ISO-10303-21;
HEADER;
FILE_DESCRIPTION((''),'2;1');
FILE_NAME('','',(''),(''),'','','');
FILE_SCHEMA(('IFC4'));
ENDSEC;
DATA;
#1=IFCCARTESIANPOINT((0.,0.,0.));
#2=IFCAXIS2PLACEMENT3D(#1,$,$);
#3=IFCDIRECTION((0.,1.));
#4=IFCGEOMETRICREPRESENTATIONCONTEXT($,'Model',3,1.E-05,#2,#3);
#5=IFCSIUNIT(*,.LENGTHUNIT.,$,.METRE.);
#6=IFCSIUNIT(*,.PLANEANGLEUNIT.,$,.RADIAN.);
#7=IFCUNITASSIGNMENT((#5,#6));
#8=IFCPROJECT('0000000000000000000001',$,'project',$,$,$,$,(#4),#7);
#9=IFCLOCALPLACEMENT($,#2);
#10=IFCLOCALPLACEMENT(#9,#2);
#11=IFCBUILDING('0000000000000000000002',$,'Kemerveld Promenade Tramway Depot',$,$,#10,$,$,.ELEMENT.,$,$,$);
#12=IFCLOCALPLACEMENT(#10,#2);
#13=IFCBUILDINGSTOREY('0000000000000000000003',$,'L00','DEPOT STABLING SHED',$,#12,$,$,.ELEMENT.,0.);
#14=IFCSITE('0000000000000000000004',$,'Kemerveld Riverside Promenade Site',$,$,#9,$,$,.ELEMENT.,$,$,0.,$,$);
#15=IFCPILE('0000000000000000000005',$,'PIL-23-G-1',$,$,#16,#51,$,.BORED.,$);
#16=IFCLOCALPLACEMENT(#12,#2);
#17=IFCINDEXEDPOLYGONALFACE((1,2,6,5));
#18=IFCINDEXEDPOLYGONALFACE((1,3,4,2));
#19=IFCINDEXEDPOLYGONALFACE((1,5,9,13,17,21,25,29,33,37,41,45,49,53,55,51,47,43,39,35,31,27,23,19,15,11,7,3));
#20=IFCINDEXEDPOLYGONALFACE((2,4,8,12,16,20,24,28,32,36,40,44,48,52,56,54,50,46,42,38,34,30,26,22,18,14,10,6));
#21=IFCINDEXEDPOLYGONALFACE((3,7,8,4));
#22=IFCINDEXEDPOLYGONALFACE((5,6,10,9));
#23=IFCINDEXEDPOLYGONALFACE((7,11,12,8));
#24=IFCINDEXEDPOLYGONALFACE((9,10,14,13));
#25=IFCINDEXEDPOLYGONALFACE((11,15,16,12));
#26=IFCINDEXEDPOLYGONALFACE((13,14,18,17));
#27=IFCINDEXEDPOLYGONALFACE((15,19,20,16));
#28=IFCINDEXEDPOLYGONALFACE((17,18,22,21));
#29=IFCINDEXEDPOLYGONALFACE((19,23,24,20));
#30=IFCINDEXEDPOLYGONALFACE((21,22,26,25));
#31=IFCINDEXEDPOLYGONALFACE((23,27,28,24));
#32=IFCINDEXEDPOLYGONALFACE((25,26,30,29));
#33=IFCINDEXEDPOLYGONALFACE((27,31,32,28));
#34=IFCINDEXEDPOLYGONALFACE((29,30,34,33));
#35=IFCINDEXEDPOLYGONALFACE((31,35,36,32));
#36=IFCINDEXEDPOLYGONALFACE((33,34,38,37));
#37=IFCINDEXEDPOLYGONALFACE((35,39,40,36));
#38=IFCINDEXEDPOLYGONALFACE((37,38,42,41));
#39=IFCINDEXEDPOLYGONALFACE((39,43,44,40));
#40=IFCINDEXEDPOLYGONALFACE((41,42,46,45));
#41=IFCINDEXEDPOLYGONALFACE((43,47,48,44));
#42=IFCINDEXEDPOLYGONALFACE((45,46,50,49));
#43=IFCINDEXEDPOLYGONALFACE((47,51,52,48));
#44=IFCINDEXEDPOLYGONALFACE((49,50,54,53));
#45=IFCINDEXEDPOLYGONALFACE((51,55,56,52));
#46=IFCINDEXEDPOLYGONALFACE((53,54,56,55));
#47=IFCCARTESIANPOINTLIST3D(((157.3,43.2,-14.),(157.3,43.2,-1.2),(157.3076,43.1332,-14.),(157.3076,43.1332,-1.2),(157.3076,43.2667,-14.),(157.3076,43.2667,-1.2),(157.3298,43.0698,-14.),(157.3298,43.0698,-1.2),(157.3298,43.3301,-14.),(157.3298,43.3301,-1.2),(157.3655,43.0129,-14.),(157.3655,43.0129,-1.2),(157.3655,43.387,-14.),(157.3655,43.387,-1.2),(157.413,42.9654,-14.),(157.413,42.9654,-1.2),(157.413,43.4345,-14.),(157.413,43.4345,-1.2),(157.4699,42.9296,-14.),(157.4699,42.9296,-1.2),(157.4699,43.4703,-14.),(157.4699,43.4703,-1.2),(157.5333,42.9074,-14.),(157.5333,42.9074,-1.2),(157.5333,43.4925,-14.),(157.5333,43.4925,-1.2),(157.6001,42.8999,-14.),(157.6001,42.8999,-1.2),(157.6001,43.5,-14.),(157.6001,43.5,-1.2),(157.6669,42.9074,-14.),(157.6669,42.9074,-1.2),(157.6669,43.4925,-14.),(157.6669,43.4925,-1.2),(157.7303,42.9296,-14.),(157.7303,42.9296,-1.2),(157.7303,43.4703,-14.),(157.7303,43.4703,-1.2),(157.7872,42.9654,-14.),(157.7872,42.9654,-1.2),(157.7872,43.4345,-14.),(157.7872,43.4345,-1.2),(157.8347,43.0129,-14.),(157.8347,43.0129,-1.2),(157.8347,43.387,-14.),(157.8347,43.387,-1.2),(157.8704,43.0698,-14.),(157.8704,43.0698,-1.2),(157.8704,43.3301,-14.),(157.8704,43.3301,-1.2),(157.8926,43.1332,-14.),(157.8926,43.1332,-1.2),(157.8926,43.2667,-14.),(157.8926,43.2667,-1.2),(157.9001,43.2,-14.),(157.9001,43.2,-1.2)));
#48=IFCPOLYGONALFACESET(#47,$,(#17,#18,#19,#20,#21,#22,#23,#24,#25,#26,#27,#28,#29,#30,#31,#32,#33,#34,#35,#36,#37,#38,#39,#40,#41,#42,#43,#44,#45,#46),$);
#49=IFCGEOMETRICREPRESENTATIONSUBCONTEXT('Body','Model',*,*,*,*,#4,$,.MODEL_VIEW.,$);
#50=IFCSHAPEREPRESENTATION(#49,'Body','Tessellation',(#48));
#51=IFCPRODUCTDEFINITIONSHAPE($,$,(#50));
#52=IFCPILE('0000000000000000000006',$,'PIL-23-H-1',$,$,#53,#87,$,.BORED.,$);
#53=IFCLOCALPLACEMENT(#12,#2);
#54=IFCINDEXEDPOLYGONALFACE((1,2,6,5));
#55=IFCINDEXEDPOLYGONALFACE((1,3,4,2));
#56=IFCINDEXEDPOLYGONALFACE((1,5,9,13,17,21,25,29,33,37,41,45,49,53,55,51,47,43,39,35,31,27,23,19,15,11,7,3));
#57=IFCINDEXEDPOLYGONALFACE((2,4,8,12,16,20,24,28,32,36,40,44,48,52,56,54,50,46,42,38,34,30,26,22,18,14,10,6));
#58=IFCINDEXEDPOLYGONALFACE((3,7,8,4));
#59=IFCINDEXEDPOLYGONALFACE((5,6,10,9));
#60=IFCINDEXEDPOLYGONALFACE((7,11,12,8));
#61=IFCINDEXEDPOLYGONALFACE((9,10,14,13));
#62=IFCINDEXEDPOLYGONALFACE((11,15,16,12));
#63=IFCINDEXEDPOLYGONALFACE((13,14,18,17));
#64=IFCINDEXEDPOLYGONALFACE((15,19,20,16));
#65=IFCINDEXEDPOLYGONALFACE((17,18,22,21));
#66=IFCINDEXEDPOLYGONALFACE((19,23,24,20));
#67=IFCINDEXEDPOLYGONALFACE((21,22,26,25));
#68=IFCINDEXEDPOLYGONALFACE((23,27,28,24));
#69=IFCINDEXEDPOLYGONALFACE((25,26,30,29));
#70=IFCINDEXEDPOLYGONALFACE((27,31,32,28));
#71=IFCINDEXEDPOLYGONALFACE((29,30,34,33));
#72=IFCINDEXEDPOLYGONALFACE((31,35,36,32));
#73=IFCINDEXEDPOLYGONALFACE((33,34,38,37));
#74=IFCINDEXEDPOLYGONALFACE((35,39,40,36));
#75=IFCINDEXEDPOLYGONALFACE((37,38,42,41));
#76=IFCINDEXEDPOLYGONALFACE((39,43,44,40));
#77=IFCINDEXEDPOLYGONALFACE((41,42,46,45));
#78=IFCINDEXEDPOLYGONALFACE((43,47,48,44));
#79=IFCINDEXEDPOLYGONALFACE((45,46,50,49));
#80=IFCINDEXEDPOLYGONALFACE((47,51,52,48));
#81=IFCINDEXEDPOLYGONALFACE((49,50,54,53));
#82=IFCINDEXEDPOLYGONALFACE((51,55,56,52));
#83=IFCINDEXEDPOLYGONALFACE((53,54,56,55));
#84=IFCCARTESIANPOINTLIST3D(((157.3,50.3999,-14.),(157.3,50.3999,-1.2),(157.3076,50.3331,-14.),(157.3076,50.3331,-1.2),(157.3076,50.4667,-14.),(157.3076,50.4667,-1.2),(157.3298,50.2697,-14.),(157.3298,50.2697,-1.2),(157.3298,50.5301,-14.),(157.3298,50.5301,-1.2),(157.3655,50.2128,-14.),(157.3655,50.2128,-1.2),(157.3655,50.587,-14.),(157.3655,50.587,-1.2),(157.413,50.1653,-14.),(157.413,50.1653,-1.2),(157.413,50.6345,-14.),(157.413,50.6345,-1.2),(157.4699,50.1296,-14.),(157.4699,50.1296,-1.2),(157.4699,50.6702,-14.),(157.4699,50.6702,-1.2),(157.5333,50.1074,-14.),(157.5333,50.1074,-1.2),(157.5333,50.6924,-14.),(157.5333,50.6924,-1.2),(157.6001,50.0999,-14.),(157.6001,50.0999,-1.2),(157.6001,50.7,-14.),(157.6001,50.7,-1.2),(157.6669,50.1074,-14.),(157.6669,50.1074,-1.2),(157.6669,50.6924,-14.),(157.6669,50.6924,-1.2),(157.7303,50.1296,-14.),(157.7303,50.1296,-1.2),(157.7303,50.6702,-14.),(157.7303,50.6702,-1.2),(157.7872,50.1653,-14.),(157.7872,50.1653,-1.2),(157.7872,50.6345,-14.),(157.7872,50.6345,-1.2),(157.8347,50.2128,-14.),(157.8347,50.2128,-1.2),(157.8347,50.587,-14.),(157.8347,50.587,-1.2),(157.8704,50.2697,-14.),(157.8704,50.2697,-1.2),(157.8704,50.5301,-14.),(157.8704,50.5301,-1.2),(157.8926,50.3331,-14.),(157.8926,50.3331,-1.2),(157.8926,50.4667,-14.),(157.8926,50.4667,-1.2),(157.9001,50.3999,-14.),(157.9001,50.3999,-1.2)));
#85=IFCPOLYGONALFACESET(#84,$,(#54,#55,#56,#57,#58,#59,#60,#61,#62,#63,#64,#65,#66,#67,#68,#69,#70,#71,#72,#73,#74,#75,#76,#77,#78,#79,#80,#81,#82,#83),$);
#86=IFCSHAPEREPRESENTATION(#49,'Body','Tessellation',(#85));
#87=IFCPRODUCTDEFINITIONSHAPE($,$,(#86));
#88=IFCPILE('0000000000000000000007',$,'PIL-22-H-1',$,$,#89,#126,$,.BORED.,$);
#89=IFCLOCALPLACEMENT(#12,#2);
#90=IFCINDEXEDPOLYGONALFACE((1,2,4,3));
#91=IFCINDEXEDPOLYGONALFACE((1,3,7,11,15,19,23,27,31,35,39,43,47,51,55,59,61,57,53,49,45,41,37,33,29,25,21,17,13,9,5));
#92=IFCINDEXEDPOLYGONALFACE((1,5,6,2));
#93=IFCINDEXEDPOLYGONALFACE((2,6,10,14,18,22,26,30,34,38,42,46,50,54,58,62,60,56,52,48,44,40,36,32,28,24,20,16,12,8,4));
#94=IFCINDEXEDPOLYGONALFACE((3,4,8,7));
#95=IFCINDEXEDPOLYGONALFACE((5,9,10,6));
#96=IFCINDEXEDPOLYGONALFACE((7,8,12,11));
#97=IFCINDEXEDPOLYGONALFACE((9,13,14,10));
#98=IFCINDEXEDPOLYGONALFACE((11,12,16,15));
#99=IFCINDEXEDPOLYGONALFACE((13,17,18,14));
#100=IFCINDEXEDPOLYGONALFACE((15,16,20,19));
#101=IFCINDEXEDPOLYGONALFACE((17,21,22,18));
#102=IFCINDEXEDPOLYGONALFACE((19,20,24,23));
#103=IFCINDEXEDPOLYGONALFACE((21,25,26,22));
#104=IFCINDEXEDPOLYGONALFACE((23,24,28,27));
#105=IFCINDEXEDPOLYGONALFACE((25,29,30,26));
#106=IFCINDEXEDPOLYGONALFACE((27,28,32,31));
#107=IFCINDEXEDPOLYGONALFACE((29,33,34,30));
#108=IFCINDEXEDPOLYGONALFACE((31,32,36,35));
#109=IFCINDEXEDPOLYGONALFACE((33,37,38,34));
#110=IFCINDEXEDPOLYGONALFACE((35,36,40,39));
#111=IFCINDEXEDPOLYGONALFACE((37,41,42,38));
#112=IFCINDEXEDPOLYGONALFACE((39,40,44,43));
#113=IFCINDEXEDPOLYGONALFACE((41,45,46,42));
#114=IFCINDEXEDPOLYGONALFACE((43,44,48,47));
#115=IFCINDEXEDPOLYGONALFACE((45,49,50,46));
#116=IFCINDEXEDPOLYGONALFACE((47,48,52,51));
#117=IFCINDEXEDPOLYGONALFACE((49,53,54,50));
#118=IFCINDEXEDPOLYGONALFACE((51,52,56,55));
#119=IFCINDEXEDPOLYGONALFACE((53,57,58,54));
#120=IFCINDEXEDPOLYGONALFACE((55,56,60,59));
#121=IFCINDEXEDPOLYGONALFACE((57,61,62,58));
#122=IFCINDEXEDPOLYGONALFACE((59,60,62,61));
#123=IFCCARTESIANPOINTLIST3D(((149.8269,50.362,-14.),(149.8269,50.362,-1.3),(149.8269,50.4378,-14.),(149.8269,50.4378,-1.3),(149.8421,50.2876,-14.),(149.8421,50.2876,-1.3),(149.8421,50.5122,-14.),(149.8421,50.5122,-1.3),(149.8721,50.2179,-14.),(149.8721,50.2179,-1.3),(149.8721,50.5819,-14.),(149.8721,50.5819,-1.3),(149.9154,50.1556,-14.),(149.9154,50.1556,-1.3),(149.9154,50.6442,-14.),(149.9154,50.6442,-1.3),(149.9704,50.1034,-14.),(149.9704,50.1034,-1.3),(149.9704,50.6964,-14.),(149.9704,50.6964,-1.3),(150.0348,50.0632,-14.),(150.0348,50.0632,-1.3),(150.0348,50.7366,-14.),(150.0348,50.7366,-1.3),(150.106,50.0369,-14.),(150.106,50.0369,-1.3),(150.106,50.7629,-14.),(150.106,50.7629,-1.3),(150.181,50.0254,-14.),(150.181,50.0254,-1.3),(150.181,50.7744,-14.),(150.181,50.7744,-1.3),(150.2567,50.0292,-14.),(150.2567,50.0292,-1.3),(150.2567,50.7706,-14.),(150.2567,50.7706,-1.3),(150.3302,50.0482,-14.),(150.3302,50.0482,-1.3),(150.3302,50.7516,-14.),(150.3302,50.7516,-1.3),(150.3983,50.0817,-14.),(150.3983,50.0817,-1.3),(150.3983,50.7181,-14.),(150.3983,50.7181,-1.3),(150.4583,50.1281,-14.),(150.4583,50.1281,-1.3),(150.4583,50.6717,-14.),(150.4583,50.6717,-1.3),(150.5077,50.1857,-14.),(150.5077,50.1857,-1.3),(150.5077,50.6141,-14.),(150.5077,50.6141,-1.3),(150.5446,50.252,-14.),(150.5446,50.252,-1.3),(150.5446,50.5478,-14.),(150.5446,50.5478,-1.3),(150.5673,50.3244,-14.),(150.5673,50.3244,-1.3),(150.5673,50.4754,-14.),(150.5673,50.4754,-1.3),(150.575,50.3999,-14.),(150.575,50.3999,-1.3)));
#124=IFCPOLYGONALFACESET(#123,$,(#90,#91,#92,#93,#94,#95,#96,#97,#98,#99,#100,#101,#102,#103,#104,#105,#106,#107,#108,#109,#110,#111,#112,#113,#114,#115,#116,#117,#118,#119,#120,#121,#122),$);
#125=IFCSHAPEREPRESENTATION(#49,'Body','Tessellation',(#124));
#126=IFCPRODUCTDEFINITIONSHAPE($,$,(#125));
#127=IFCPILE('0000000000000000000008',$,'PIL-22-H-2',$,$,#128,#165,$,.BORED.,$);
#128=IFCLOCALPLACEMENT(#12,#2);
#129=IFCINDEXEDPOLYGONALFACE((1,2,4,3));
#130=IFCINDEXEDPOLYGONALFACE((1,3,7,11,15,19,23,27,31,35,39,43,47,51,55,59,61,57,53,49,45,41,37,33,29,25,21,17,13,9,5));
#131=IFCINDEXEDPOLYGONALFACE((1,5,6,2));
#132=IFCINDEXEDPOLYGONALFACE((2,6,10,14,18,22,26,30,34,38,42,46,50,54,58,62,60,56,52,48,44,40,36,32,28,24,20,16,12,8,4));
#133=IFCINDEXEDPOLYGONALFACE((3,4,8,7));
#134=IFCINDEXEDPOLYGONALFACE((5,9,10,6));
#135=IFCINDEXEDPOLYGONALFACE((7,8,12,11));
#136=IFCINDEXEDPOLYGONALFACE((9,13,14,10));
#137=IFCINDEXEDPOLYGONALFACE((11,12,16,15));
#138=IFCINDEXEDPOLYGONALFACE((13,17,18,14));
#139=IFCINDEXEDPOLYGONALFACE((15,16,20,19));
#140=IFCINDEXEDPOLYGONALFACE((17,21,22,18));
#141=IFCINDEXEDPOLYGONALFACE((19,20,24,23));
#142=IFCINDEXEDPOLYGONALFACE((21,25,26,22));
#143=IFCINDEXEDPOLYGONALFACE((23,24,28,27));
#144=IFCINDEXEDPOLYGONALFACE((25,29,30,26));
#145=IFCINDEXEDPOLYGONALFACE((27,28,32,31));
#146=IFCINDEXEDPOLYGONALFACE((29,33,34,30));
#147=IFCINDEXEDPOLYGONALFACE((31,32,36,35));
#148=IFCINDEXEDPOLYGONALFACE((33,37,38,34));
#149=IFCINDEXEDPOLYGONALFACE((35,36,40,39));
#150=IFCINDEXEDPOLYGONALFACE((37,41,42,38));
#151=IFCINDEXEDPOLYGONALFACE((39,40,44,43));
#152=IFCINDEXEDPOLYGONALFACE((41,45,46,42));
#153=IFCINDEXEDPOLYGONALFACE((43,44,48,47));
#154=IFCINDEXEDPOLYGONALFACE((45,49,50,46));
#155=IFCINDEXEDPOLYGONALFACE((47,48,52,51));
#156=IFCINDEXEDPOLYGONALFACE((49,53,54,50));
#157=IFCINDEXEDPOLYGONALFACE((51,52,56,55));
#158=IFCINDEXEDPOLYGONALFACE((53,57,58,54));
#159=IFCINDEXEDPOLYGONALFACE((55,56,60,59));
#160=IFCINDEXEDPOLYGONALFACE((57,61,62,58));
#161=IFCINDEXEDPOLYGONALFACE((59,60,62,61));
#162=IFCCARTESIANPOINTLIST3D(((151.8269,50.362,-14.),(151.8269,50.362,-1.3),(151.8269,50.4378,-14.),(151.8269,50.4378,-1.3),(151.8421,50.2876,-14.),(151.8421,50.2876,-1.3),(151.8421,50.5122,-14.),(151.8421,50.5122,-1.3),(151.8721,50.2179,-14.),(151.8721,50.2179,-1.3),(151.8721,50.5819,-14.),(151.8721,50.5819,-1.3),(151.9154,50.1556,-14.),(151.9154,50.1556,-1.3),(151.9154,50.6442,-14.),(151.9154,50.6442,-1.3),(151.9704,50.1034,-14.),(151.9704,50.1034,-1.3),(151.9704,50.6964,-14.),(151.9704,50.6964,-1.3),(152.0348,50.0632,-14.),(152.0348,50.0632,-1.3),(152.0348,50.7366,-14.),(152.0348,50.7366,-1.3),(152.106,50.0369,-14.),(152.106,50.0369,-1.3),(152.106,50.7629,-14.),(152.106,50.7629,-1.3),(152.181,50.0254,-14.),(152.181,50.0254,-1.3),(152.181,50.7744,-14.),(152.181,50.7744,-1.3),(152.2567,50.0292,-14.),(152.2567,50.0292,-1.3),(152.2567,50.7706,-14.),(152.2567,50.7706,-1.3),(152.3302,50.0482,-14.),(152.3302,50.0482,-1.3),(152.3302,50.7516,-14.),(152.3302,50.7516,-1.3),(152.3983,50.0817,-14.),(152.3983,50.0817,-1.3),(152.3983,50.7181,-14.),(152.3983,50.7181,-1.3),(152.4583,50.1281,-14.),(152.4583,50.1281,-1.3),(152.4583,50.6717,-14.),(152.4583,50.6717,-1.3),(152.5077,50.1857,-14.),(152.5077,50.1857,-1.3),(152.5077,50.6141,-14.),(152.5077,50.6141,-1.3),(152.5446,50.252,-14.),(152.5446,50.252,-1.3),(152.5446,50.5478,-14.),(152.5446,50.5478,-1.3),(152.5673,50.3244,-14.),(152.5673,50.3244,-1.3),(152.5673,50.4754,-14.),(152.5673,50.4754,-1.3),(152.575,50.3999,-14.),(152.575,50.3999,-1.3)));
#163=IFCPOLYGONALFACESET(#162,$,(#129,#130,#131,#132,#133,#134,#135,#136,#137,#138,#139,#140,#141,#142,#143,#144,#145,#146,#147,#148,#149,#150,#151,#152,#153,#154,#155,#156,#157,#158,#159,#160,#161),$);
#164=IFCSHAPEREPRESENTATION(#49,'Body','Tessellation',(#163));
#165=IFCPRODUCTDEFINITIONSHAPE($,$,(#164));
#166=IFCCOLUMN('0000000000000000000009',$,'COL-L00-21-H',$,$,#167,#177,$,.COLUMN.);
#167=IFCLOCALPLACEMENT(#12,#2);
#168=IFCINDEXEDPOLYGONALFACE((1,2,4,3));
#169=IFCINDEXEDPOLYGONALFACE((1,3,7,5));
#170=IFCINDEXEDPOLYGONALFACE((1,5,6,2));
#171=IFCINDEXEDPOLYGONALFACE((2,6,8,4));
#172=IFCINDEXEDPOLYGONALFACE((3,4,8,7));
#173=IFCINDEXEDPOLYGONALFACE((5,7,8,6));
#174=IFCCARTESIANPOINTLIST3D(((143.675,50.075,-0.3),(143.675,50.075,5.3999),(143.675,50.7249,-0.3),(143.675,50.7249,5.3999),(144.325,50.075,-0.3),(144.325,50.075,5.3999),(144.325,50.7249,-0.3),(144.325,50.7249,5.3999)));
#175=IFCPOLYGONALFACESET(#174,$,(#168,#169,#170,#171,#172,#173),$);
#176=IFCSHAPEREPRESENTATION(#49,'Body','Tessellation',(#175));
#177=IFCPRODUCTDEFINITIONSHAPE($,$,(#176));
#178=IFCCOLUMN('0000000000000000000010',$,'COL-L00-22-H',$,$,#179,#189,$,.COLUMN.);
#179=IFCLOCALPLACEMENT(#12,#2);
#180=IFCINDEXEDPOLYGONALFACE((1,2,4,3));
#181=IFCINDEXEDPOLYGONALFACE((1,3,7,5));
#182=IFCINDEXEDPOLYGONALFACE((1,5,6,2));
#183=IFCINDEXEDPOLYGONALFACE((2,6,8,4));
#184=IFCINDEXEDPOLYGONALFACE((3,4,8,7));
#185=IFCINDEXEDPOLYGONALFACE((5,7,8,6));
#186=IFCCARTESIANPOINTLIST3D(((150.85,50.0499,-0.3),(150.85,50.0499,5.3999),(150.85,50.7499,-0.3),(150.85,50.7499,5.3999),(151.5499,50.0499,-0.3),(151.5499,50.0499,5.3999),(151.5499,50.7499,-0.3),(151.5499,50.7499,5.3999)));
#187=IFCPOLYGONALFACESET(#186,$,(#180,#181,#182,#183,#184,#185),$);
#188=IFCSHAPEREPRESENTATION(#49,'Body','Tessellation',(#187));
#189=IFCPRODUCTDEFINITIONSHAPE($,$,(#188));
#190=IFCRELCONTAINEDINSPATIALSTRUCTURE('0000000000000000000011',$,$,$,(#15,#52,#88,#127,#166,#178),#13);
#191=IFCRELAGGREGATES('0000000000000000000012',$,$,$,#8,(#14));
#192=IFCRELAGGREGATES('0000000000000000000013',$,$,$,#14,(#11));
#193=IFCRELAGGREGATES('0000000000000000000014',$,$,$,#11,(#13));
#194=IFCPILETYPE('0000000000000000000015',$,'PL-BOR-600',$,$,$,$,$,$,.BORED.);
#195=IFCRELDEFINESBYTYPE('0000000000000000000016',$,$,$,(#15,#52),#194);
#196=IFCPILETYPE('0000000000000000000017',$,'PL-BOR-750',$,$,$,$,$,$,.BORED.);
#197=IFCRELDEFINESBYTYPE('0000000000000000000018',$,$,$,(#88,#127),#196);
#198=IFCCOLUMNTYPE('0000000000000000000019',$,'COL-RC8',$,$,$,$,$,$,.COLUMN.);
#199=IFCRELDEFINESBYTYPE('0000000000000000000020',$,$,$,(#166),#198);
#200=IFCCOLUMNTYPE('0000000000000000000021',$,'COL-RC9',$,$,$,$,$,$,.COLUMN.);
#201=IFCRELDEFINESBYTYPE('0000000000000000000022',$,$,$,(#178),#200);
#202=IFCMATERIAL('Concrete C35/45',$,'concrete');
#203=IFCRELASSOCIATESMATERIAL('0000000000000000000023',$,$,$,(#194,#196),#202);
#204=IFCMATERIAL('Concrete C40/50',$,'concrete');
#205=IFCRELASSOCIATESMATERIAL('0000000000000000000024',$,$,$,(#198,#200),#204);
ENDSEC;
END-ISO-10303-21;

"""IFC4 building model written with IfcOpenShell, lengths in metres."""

from ifc_helpers import new_model, si_unit, direction, frame, origin, origin_2d, place, context, subcontext, project, spatial, rectangle, circle, extrude, material, material_profile, profile_set, type_object, element, save


model = new_model("IFC4")

# Units and contexts
model_context = context("Model", 3, precision=1e-05, world=origin(), true_north=direction((0.0, 1.0)))
body_context = subcontext(model_context, "Body", "Model", "MODEL_VIEW")
ifc_project = project(units=[si_unit("LENGTHUNIT", "METRE"), si_unit("PLANEANGLEUNIT", "RADIAN")], contexts=[model_context])

# Site, building, storey
site_placement = place(None, origin())
site = spatial("IfcSite", under=ifc_project, at=site_placement, Name="Kemerveld Riverside Promenade Site", CompositionType="ELEMENT", RefElevation=0.0)
building_placement = place(site_placement, origin())
building = spatial("IfcBuilding", under=site, at=building_placement, Name="Kemerveld Promenade Tramway Depot", CompositionType="ELEMENT")
storey_placement = place(building_placement, origin())
storey = spatial("IfcBuildingStorey", under=building, at=storey_placement, Name="L00", Description="DEPOT STABLING SHED", CompositionType="ELEMENT", Elevation=0.0)

# Shared definitions
ifc_material_1 = material(Name="Concrete C35/45", Category="concrete")

# Piles
ifc_material_profile_1 = material_profile(ifc_material_1, circle(Radius=0.3, at=origin_2d()), Name="PILE-D600")
ifc_profile_set_1 = profile_set([ifc_material_profile_1], Name="Concrete C35/45")
pile_type_1 = type_object("IfcPileType", Name="PL-BOR-600", PredefinedType="BORED", material=ifc_profile_set_1)
for number, where, z_axis, x_axis, name in (
    (1, (157.6001, 43.2, -1.2), (0.0, 0.0, -1.0), (1.0, 0.0, 0.0), "PIL-23-G-1"),
    (2, (157.6001, 50.3999, -1.2), (0.0, 0.0, -1.0), (1.0, 0.0, 0.0), "PIL-23-H-1"),
):
    element("IfcPile", number, at=place(storey_placement, frame(where, z_axis=z_axis, x_axis=x_axis)), inside=storey, type_object=pile_type_1, Name=name, PredefinedType="BORED", context=body_context, shape_type="SweptSolid", body=[
        extrude(circle(Radius=0.3, at=origin_2d()), origin(), (0.0, 0.0, 1.0), 12.8),
    ])
ifc_material_profile_2 = material_profile(ifc_material_1, circle(Radius=0.375, at=origin_2d()), Name="PILE-D750")
ifc_profile_set_2 = profile_set([ifc_material_profile_2], Name="Concrete C35/45")
pile_type_2 = type_object("IfcPileType", Name="PL-BOR-750", PredefinedType="BORED", material=ifc_profile_set_2)
for number, where, z_axis, x_axis, name in (
    (3, (150.2, 50.3999, -1.3), (0.0, 0.0, -1.0), (1.0, 0.0, 0.0), "PIL-22-H-1"),
    (4, (152.2, 50.3999, -1.3), (0.0, 0.0, -1.0), (1.0, 0.0, 0.0), "PIL-22-H-2"),
):
    element("IfcPile", number, at=place(storey_placement, frame(where, z_axis=z_axis, x_axis=x_axis)), inside=storey, type_object=pile_type_2, Name=name, PredefinedType="BORED", context=body_context, shape_type="SweptSolid", body=[
        extrude(circle(Radius=0.375, at=origin_2d()), origin(), (0.0, 0.0, 1.0), 12.7),
    ])

# Columns
ifc_material_2 = material(Name="Concrete C40/50", Category="concrete")
ifc_material_profile_3 = material_profile(ifc_material_2, rectangle(XDim=0.6499, YDim=0.6499, at=origin_2d()), Name="RC-COL-650x650")
ifc_profile_set_3 = profile_set([ifc_material_profile_3], Name="Concrete C40/50")
column_type_1 = type_object("IfcColumnType", Name="COL-RC8", PredefinedType="COLUMN", material=ifc_profile_set_3)
column_1_placement = place(storey_placement, frame((144.0, 50.3999, -0.3), z_axis=(0.0, 0.0, 1.0), x_axis=(1.0, 0.0, 0.0)))
element("IfcColumn", 5, at=column_1_placement, inside=storey, type_object=column_type_1, Name="COL-L00-21-H", PredefinedType="COLUMN", context=body_context, shape_type="SweptSolid", body=[
    extrude(rectangle(XDim=0.6499, YDim=0.6499, at=origin_2d()), origin(), (0.0, 0.0, 1.0), 5.7),
])
ifc_material_profile_4 = material_profile(ifc_material_2, rectangle(XDim=0.7, YDim=0.7, at=origin_2d()), Name="RC-COL-700x700")
ifc_profile_set_4 = profile_set([ifc_material_profile_4], Name="Concrete C40/50")
column_type_2 = type_object("IfcColumnType", Name="COL-RC9", PredefinedType="COLUMN", material=ifc_profile_set_4)
column_2_placement = place(storey_placement, frame((151.2, 50.3999, -0.3), z_axis=(0.0, 0.0, 1.0), x_axis=(1.0, 0.0, 0.0)))
element("IfcColumn", 6, at=column_2_placement, inside=storey, type_object=column_type_2, Name="COL-L00-22-H", PredefinedType="COLUMN", context=body_context, shape_type="SweptSolid", body=[
    extrude(rectangle(XDim=0.7, YDim=0.7, at=origin_2d()), origin(), (0.0, 0.0, 1.0), 5.7),
])

save(model, "model.ifc")
